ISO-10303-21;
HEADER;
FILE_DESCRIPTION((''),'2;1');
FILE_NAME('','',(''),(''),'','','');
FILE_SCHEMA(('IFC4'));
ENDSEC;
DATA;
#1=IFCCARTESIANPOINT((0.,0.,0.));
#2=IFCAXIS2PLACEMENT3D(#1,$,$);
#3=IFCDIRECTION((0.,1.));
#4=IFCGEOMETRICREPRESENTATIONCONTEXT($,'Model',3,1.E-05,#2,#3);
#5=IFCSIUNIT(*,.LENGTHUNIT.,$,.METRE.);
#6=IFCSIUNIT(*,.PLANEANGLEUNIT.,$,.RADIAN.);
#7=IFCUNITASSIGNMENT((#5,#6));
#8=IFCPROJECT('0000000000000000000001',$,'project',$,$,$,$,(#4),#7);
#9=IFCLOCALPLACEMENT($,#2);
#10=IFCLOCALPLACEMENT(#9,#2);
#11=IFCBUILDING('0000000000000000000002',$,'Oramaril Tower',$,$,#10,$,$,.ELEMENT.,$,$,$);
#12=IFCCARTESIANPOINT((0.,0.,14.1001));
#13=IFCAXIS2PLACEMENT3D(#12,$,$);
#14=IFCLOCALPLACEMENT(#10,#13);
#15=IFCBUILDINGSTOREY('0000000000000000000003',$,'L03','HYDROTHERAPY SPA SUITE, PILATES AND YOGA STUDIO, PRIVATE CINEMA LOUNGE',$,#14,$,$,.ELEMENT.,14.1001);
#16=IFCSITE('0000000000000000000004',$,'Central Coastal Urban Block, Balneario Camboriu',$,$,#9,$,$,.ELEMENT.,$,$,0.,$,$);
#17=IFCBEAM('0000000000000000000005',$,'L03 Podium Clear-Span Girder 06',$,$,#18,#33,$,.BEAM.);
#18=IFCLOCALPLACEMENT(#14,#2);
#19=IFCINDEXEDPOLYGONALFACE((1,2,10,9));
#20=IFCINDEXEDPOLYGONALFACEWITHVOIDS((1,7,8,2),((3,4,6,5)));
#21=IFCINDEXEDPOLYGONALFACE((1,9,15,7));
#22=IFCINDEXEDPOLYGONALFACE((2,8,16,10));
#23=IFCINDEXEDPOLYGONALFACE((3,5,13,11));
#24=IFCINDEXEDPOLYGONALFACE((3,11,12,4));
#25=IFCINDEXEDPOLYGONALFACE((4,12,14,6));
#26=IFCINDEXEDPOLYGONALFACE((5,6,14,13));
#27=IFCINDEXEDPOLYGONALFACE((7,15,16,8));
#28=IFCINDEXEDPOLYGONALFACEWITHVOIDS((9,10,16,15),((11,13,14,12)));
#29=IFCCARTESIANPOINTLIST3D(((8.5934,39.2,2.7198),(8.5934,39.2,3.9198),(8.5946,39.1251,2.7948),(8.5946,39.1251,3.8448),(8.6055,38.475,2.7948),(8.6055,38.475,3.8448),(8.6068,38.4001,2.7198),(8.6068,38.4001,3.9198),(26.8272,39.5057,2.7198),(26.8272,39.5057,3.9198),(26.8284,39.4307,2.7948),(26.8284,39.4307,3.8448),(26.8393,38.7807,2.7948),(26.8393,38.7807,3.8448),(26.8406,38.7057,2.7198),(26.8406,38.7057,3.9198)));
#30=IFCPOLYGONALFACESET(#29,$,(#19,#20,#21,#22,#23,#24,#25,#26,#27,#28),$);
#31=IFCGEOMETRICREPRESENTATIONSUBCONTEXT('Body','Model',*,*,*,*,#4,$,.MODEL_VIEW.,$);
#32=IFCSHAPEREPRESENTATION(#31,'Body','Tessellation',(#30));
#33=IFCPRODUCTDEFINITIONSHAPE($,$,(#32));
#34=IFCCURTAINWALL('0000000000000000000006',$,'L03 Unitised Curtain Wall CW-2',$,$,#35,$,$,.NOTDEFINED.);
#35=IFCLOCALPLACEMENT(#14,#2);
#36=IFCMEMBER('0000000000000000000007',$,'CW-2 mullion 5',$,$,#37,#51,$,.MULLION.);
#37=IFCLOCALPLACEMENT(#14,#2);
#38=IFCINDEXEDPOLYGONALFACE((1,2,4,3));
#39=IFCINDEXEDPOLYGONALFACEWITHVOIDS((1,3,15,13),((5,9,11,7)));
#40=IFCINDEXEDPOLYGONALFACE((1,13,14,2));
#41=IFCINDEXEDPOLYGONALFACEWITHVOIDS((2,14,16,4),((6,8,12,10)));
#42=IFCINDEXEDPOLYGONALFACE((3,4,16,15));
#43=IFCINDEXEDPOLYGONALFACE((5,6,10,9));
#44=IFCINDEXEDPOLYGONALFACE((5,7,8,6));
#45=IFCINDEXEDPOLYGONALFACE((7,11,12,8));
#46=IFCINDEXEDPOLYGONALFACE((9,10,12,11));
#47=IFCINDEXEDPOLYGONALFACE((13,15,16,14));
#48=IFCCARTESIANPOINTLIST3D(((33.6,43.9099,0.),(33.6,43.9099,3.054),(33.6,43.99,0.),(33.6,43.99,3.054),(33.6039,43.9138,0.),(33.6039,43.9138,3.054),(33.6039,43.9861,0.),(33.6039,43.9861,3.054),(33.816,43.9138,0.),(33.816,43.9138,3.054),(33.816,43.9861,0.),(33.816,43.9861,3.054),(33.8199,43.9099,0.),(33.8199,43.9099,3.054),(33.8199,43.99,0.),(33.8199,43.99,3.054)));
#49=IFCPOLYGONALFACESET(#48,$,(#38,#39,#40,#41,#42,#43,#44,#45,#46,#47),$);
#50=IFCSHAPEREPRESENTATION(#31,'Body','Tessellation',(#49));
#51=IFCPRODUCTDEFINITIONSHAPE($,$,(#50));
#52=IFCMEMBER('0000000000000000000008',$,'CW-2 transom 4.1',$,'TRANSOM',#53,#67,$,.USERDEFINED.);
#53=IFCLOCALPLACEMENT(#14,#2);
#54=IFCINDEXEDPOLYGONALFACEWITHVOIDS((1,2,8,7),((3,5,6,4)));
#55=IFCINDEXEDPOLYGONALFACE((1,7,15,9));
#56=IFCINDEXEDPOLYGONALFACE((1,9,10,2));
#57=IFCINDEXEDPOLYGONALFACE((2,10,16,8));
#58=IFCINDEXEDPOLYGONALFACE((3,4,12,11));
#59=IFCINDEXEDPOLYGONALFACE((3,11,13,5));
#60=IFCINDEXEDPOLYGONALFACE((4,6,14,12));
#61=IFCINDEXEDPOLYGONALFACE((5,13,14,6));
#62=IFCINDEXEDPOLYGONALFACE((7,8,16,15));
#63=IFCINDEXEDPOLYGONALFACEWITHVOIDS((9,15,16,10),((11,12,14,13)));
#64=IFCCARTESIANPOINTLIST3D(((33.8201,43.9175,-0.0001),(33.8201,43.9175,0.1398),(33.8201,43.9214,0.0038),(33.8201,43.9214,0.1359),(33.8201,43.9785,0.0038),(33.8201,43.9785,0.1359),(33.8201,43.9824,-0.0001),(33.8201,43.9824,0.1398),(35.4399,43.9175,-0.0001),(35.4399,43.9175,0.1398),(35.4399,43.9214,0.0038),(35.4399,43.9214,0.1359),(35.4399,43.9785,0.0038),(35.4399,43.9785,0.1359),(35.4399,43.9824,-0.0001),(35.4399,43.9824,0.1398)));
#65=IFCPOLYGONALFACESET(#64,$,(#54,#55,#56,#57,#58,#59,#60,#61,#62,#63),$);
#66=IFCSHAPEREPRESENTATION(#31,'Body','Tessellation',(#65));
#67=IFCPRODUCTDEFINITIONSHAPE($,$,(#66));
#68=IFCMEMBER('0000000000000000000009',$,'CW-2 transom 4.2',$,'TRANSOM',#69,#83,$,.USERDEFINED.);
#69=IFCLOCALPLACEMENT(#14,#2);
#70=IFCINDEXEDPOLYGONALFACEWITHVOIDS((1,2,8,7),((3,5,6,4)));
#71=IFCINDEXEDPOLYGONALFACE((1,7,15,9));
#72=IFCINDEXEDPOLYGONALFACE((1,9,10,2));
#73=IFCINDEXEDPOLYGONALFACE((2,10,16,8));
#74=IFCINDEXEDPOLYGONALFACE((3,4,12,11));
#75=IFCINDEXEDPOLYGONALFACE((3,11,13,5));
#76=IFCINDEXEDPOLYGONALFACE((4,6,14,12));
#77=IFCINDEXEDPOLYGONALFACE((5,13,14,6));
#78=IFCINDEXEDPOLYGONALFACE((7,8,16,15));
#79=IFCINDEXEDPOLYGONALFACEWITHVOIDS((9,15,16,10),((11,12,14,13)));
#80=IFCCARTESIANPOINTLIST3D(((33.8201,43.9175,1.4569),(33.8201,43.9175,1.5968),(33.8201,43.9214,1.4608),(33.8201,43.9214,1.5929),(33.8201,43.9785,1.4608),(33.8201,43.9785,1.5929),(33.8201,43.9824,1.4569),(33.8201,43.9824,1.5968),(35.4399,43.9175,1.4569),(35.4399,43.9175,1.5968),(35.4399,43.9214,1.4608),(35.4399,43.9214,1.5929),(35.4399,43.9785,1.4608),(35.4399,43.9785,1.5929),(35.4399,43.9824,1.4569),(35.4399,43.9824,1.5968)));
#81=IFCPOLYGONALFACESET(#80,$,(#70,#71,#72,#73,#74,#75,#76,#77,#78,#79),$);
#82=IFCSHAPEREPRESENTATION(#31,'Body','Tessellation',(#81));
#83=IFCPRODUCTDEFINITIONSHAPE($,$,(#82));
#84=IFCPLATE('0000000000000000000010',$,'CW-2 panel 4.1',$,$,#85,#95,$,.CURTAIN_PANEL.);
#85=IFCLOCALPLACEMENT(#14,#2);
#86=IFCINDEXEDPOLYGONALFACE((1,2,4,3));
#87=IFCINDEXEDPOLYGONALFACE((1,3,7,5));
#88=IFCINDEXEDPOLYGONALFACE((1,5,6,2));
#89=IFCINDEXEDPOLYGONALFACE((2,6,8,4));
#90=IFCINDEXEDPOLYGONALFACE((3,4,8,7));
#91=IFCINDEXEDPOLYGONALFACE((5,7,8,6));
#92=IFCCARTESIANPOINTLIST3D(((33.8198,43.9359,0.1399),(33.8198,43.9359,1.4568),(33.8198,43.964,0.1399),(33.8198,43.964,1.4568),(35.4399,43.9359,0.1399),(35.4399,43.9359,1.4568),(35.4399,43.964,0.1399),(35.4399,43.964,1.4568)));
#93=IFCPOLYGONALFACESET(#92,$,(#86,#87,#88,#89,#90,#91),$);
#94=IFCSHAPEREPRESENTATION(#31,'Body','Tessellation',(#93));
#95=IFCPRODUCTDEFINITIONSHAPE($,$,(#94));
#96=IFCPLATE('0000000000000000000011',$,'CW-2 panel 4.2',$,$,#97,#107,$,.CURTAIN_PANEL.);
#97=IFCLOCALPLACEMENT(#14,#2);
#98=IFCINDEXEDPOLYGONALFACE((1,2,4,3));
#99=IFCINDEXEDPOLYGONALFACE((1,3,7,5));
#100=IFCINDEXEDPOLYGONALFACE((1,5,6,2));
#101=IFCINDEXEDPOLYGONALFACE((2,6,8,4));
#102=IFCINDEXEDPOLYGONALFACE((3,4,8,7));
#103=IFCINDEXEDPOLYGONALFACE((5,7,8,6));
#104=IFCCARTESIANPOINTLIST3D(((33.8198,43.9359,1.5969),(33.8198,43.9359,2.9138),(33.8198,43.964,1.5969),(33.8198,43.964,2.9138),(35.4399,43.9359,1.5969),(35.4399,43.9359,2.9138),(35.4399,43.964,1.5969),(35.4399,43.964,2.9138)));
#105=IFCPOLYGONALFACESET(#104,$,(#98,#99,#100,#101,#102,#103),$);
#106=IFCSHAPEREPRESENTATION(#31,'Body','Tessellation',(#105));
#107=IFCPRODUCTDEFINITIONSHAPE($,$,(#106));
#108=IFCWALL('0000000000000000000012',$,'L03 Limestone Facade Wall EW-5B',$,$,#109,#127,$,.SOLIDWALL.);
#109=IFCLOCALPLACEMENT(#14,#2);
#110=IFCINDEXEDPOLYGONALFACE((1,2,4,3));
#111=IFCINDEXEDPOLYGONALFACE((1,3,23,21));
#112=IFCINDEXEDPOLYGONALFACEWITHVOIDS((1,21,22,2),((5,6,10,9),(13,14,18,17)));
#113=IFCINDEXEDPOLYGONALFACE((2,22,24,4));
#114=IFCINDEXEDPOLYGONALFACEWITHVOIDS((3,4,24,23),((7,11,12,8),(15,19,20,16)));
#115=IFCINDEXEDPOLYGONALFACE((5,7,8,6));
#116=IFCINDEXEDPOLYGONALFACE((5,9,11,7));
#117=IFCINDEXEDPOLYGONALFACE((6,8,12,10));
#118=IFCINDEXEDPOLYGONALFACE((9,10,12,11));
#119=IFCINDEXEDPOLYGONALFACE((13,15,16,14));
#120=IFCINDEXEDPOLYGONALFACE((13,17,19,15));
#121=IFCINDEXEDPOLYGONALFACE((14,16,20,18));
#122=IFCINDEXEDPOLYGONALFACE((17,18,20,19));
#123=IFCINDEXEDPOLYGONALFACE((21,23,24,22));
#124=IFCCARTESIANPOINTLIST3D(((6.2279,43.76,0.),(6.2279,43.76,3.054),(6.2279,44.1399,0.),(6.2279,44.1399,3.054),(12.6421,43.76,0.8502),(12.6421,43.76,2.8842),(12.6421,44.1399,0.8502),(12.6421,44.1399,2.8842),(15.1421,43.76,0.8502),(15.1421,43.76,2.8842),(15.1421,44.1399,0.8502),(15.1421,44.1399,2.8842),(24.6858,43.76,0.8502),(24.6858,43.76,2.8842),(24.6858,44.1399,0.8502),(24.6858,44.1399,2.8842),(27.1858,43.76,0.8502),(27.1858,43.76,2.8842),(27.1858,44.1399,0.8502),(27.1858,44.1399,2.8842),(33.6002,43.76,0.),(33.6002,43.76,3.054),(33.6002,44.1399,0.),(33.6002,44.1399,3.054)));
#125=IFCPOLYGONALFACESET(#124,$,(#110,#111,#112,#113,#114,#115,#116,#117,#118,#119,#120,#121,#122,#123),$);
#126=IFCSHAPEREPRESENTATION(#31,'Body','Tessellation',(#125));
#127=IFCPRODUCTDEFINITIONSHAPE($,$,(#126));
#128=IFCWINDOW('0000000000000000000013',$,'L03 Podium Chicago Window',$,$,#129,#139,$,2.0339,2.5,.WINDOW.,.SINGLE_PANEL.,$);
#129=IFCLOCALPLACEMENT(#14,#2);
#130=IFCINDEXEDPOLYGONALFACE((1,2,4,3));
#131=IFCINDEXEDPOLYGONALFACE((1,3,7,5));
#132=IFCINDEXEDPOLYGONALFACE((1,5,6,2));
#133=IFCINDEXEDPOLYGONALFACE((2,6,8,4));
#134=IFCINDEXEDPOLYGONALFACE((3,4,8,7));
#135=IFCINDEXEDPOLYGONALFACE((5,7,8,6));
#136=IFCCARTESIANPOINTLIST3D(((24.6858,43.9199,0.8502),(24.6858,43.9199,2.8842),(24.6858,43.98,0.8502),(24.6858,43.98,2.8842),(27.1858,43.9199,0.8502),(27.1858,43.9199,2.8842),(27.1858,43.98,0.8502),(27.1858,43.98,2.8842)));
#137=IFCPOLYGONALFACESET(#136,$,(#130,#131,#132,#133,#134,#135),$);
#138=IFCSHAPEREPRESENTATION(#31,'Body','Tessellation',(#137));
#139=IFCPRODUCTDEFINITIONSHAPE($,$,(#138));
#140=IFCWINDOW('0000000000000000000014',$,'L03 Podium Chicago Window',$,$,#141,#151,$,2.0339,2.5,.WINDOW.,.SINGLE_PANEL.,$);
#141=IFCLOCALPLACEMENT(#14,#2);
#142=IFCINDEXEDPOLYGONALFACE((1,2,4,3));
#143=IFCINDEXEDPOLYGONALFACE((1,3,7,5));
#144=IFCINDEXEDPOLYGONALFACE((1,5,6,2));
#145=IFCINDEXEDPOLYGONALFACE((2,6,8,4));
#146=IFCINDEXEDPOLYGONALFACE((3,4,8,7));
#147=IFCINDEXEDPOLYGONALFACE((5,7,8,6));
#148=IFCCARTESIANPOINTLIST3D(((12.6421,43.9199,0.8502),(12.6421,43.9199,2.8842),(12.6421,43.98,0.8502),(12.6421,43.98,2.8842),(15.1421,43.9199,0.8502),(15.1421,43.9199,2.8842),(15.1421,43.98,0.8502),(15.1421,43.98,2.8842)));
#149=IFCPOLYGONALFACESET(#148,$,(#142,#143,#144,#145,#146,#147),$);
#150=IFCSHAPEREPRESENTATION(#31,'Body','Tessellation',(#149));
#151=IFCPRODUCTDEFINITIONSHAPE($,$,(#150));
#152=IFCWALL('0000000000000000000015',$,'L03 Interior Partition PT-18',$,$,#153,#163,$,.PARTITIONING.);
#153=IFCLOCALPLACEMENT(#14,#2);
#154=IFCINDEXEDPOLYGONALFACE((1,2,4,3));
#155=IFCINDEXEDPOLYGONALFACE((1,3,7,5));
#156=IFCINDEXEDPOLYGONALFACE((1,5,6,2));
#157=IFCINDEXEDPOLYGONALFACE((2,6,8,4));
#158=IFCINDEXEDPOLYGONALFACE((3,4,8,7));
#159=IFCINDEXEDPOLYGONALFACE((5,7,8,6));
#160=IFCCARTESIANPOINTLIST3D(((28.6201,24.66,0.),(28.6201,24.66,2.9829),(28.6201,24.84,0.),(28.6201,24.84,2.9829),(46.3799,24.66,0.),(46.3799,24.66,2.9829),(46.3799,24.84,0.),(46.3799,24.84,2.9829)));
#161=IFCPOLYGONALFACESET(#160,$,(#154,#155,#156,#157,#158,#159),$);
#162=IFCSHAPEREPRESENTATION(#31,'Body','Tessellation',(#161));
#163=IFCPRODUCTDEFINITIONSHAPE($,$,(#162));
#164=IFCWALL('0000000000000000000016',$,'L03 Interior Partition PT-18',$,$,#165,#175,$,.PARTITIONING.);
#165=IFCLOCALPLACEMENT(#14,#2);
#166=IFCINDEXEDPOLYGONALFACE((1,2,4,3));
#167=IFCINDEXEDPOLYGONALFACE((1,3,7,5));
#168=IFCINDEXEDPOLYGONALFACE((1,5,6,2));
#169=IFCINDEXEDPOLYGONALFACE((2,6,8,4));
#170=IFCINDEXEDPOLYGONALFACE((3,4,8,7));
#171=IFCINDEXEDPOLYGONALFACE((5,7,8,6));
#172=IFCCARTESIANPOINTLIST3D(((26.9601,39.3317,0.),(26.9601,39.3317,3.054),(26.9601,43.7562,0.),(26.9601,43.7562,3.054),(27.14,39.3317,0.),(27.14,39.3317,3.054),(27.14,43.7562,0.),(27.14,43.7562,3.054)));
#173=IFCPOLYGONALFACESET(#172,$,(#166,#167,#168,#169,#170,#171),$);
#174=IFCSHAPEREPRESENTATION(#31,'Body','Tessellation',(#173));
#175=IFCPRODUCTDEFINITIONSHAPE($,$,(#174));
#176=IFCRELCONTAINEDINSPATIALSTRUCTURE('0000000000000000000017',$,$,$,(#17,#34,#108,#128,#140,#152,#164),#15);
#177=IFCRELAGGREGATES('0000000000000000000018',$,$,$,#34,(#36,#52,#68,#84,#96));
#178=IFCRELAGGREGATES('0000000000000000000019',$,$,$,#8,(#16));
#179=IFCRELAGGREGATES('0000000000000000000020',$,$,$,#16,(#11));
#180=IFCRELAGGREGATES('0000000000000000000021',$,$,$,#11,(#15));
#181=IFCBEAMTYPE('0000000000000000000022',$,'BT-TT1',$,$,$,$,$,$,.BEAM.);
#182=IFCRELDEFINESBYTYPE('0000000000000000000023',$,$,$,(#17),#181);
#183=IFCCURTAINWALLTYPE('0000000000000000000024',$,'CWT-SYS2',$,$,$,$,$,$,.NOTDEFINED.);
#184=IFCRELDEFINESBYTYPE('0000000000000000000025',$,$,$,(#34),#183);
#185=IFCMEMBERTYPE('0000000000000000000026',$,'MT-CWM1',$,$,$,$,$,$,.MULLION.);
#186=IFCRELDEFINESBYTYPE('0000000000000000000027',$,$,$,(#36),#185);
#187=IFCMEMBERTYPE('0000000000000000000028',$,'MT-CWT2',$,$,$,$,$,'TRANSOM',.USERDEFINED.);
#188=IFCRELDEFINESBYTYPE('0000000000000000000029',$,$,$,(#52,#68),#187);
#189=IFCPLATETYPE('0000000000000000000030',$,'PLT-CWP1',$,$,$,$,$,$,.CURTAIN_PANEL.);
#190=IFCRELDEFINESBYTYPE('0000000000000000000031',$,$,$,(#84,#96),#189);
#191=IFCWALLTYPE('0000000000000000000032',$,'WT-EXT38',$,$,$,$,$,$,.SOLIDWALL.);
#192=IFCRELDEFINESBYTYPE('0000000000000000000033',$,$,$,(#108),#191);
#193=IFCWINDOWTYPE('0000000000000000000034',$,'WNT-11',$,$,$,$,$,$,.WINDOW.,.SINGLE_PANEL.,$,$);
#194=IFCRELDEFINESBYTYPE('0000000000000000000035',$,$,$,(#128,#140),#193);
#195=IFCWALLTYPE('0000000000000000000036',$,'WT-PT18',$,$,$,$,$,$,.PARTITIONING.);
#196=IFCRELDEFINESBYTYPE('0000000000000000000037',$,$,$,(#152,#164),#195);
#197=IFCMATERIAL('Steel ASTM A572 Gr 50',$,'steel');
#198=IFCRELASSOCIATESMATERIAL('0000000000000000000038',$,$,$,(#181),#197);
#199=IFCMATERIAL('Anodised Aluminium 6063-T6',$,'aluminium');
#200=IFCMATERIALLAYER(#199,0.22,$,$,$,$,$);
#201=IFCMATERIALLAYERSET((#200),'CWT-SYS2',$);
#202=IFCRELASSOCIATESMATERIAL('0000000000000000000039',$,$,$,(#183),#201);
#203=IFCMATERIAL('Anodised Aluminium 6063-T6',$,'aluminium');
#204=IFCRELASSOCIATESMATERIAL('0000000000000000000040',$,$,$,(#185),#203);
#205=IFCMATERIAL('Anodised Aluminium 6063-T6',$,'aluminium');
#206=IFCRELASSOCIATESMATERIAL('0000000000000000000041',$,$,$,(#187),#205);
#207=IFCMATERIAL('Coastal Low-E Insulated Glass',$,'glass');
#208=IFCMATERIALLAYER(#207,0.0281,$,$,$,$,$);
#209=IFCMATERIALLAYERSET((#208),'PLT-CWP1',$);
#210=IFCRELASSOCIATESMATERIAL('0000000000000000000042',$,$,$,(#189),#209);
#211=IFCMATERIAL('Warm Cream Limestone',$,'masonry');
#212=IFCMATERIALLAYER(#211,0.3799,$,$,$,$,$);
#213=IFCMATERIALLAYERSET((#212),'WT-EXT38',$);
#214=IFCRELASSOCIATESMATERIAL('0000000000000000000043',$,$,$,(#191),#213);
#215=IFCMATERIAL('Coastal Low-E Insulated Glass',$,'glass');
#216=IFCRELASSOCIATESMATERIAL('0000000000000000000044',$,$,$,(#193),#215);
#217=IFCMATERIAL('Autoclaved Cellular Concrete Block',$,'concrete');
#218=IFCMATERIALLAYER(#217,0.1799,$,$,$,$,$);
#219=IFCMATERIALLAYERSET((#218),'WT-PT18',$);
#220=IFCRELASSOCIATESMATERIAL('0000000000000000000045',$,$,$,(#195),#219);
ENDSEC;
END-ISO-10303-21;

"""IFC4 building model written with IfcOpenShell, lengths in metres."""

from ifc_helpers import new_model, si_unit, direction, frame, frame_2d, origin, origin_2d, place, context, subcontext, project, spatial, rectangle, hollow_rectangle, extrude, material, layer, layer_set, material_profile, profile_set, type_object, element, fill, aggregate, save


model = new_model("IFC4")

# Units and contexts
model_context = context("Model", 3, precision=1e-05, world=origin(), true_north=direction((0.0, 1.0)))
body_context = subcontext(model_context, "Body", "Model", "MODEL_VIEW")
ifc_project = project(units=[si_unit("LENGTHUNIT", "METRE"), si_unit("PLANEANGLEUNIT", "RADIAN")], contexts=[model_context])

# Site, building, storey
site_placement = place(None, origin())
site = spatial("IfcSite", under=ifc_project, at=site_placement, Name="Central Coastal Urban Block, Balneario Camboriu", CompositionType="ELEMENT", RefElevation=0.0)
building_placement = place(site_placement, origin())
building = spatial("IfcBuilding", under=site, at=building_placement, Name="Oramaril Tower", CompositionType="ELEMENT")
storey_placement = place(building_placement, frame((0.0, 0.0, 14.1001)))
storey = spatial("IfcBuildingStorey", under=building, at=storey_placement, Name="L03", Description="HYDROTHERAPY SPA SUITE, PILATES AND YOGA STUDIO, PRIVATE CINEMA LOUNGE", CompositionType="ELEMENT", Elevation=14.1001)

# Beam
ifc_material_1 = material(Name="Steel ASTM A572 Gr 50", Category="steel")
ifc_material_profile_1 = material_profile(ifc_material_1, hollow_rectangle(XDim=0.8, YDim=1.2, WallThickness=0.075, at=origin_2d()), Name="BOX1200X800X75")
ifc_profile_set_1 = profile_set([ifc_material_profile_1], Name="Steel ASTM A572 Gr 50")
beam_type_1 = type_object("IfcBeamType", Name="BT-TT1", PredefinedType="BEAM", material=ifc_profile_set_1)
beam_1_placement = place(storey_placement, frame((8.6001, 38.8, 3.3198), z_axis=(0.99986, 0.016761, 0.0), x_axis=(-0.016761, 0.99986, 0.0)))
element("IfcBeam", 1, at=beam_1_placement, inside=storey, type_object=beam_type_1, Name="L03 Podium Clear-Span Girder 06", PredefinedType="BEAM", context=body_context, shape_type="SweptSolid", body=[
    extrude(hollow_rectangle(XDim=0.8, YDim=1.2, WallThickness=0.075, at=origin_2d()), origin(), (0.0, 0.0, 1.0), 18.2363),
])

# Curtain wall, members, plates
ifc_material_2 = material(Name="Anodised Aluminium 6063-T6", Category="aluminium")
ifc_layer_1 = layer(ifc_material_2, 0.22)
ifc_layer_set_1 = layer_set([ifc_layer_1], Name="CWT-SYS2")
curtain_wall_type = type_object("IfcCurtainWallType", Name="CWT-SYS2", PredefinedType="NOTDEFINED", material=ifc_layer_set_1)
curtain_wall_placement = place(storey_placement, origin())
curtain_wall = element("IfcCurtainWall", 2, at=curtain_wall_placement, inside=storey, type_object=curtain_wall_type, Name="L03 Unitised Curtain Wall CW-2", PredefinedType="NOTDEFINED")
ifc_material_3 = material(Name="Anodised Aluminium 6063-T6", Category="aluminium")
ifc_material_profile_2 = material_profile(ifc_material_3, hollow_rectangle(XDim=0.0801, YDim=0.22, WallThickness=0.0039, at=origin_2d()), Name="CWM220X80")
ifc_profile_set_2 = profile_set([ifc_material_profile_2], Name="Anodised Aluminium 6063-T6")
member_type_1 = type_object("IfcMemberType", Name="MT-CWM1", PredefinedType="MULLION", material=ifc_profile_set_2)
member_1_placement = place(storey_placement, frame((33.71, 43.95, 0.0), z_axis=(0.0, 0.0, 1.0), x_axis=(0.0, -1.0, 0.0)))
member_1 = element("IfcMember", 3, at=member_1_placement, type_object=member_type_1, Name="CW-2 mullion 5", PredefinedType="MULLION", context=body_context, shape_type="SweptSolid", body=[
    extrude(hollow_rectangle(XDim=0.0801, YDim=0.22, WallThickness=0.0039, at=origin_2d()), origin(), (0.0, 0.0, 1.0), 3.054),
])
ifc_material_4 = material(Name="Anodised Aluminium 6063-T6", Category="aluminium")
ifc_material_profile_3 = material_profile(ifc_material_4, hollow_rectangle(XDim=0.0649, YDim=0.1399, WallThickness=0.0039, at=origin_2d()), Name="CWT140X65")
ifc_profile_set_3 = profile_set([ifc_material_profile_3], Name="Anodised Aluminium 6063-T6")
member_type_2 = type_object("IfcMemberType", Name="MT-CWT2", ElementType="TRANSOM", PredefinedType="USERDEFINED", material=ifc_profile_set_3)
member_2_placement = place(storey_placement, frame((35.4399, 43.95, 0.0698), z_axis=(-1.0, 0.0, 0.0), x_axis=(0.0, -1.0, 0.0)))
member_2 = element("IfcMember", 4, at=member_2_placement, type_object=member_type_2, Name="CW-2 transom 4.1", ObjectType="TRANSOM", PredefinedType="USERDEFINED", context=body_context, shape_type="SweptSolid", body=[
    extrude(hollow_rectangle(XDim=0.0649, YDim=0.1399, WallThickness=0.0039, at=origin_2d()), origin(), (0.0, 0.0, 1.0), 1.6199),
])
member_3_placement = place(storey_placement, frame((35.4399, 43.95, 1.5269), z_axis=(-1.0, 0.0, 0.0), x_axis=(0.0, -1.0, 0.0)))
member_3 = element("IfcMember", 5, at=member_3_placement, type_object=member_type_2, Name="CW-2 transom 4.2", ObjectType="TRANSOM", PredefinedType="USERDEFINED", context=body_context, shape_type="SweptSolid", body=[
    extrude(hollow_rectangle(XDim=0.0649, YDim=0.1399, WallThickness=0.0039, at=origin_2d()), origin(), (0.0, 0.0, 1.0), 1.6199),
])
ifc_material_5 = material(Name="Coastal Low-E Insulated Glass", Category="glass")
ifc_layer_2 = layer(ifc_material_5, 0.0281)
ifc_layer_set_2 = layer_set([ifc_layer_2], Name="PLT-CWP1")
plate_type = type_object("IfcPlateType", Name="PLT-CWP1", PredefinedType="CURTAIN_PANEL", material=ifc_layer_set_2)
plate_1_placement = place(storey_placement, frame((34.6299, 43.95, 0.1399), z_axis=(0.0, 0.0, 1.0), x_axis=(-1.0, 0.0, 0.0)))
plate_1 = element("IfcPlate", 6, at=plate_1_placement, type_object=plate_type, Name="CW-2 panel 4.1", PredefinedType="CURTAIN_PANEL", context=body_context, shape_type="SweptSolid", body=[
    extrude(rectangle(XDim=1.6201, YDim=0.0281, at=origin_2d()), origin(), (0.0, 0.0, 1.0), 1.3169),
])
plate_2_placement = place(storey_placement, frame((34.6299, 43.95, 1.5969), z_axis=(0.0, 0.0, 1.0), x_axis=(-1.0, 0.0, 0.0)))
plate_2 = element("IfcPlate", 7, at=plate_2_placement, type_object=plate_type, Name="CW-2 panel 4.2", PredefinedType="CURTAIN_PANEL", context=body_context, shape_type="SweptSolid", body=[
    extrude(rectangle(XDim=1.6201, YDim=0.0281, at=origin_2d()), origin(), (0.0, 0.0, 1.0), 1.3169),
])
aggregate(curtain_wall, [member_1, member_2, member_3, plate_1, plate_2])

# Wall, openings, windows
ifc_material_6 = material(Name="Warm Cream Limestone", Category="masonry")
ifc_layer_3 = layer(ifc_material_6, 0.3799)
ifc_layer_set_3 = layer_set([ifc_layer_3], Name="WT-EXT38")
wall_type_1 = type_object("IfcWallType", Name="WT-EXT38", PredefinedType="SOLIDWALL", material=ifc_layer_set_3)
wall_1_placement = place(storey_placement, frame((33.6001, 43.95, 0.0), z_axis=(0.0, 0.0, 1.0), x_axis=(-1.0, 0.0, 0.0)))
wall_1 = element("IfcWall", 8, at=wall_1_placement, inside=storey, type_object=wall_type_1, Name="L03 Limestone Facade Wall EW-5B", PredefinedType="SOLIDWALL", context=body_context, shape_type="SweptSolid", body=[
    extrude(rectangle(XDim=27.3723, YDim=0.3799, at=frame_2d((13.686, 0.0))), origin(), (0.0, 0.0, 1.0), 3.054),
])
opening_1_placement = place(wall_1_placement, frame((6.4143, 0.0, 0.8501)))
opening_1 = element("IfcOpeningElement", 9, at=opening_1_placement, cuts=wall_1, PredefinedType="OPENING", context=body_context, shape_type="SweptSolid", body=[
    extrude(rectangle(XDim=2.5, YDim=2.0339, at=frame_2d((1.25, 1.0171))), frame((0.0, 0.1899, 0.0), z_axis=(0.0, -1.0, 0.0), x_axis=(1.0, 0.0, 0.0)), (0.0, 0.0, 1.0), 0.3799),
])
opening_2_placement = place(wall_1_placement, frame((18.458, 0.0, 0.8501)))
opening_2 = element("IfcOpeningElement", 10, at=opening_2_placement, cuts=wall_1, PredefinedType="OPENING", context=body_context, shape_type="SweptSolid", body=[
    extrude(rectangle(XDim=2.5, YDim=2.0339, at=frame_2d((1.25, 1.0171))), frame((0.0, 0.1899, 0.0), z_axis=(0.0, -1.0, 0.0), x_axis=(1.0, 0.0, 0.0)), (0.0, 0.0, 1.0), 0.3799),
])
ifc_material_7 = material(Name="Coastal Low-E Insulated Glass", Category="glass")
window_type = type_object("IfcWindowType", Name="WNT-11", PartitioningType="SINGLE_PANEL", PredefinedType="WINDOW", material=ifc_material_7)
window_1_placement = place(opening_1_placement, origin())
window_1 = element("IfcWindow", 11, at=window_1_placement, inside=storey, type_object=window_type, Name="L03 Podium Chicago Window", OverallHeight=2.0339, OverallWidth=2.5, PartitioningType="SINGLE_PANEL", PredefinedType="WINDOW", context=body_context, shape_type="SweptSolid", body=[
    extrude(rectangle(XDim=2.5, YDim=2.0339, at=frame_2d((1.25, 1.0171))), frame((0.0, 0.03, 0.0), z_axis=(0.0, -1.0, 0.0), x_axis=(1.0, 0.0, 0.0)), (0.0, 0.0, 1.0), 0.0601),
])
fill(opening_1, window_1)
window_2_placement = place(opening_2_placement, origin())
window_2 = element("IfcWindow", 12, at=window_2_placement, inside=storey, type_object=window_type, Name="L03 Podium Chicago Window", OverallHeight=2.0339, OverallWidth=2.5, PartitioningType="SINGLE_PANEL", PredefinedType="WINDOW", context=body_context, shape_type="SweptSolid", body=[
    extrude(rectangle(XDim=2.5, YDim=2.0339, at=frame_2d((1.25, 1.0171))), frame((0.0, 0.03, 0.0), z_axis=(0.0, -1.0, 0.0), x_axis=(1.0, 0.0, 0.0)), (0.0, 0.0, 1.0), 0.0601),
])
fill(opening_2, window_2)

# Wall
ifc_material_8 = material(Name="Autoclaved Cellular Concrete Block", Category="concrete")
ifc_layer_4 = layer(ifc_material_8, 0.1799)
ifc_layer_set_4 = layer_set([ifc_layer_4], Name="WT-PT18")
wall_type_2 = type_object("IfcWallType", Name="WT-PT18", PredefinedType="PARTITIONING", material=ifc_layer_set_4)
wall_2_placement = place(storey_placement, frame((28.6201, 24.75, 0.0), z_axis=(0.0, 0.0, 1.0), x_axis=(1.0, 0.0, 0.0)))
element("IfcWall", 13, at=wall_2_placement, inside=storey, type_object=wall_type_2, Name="L03 Interior Partition PT-18", PredefinedType="PARTITIONING", context=body_context, shape_type="SweptSolid", body=[
    extrude(rectangle(XDim=17.7598, YDim=0.1799, at=frame_2d((8.8799, 0.0))), origin(), (0.0, 0.0, 1.0), 2.9829),
])

# Wall
wall_3_placement = place(storey_placement, frame((27.05, 39.3315, 0.0), z_axis=(0.0, 0.0, 1.0), x_axis=(0.0, 1.0, 0.0)))
element("IfcWall", 14, at=wall_3_placement, inside=storey, type_object=wall_type_2, Name="L03 Interior Partition PT-18", PredefinedType="PARTITIONING", context=body_context, shape_type="SweptSolid", body=[
    extrude(rectangle(XDim=4.4246, YDim=0.1799, at=frame_2d((2.2124, 0.0))), origin(), (0.0, 0.0, 1.0), 3.054),
])

save(model, "model.ifc")
